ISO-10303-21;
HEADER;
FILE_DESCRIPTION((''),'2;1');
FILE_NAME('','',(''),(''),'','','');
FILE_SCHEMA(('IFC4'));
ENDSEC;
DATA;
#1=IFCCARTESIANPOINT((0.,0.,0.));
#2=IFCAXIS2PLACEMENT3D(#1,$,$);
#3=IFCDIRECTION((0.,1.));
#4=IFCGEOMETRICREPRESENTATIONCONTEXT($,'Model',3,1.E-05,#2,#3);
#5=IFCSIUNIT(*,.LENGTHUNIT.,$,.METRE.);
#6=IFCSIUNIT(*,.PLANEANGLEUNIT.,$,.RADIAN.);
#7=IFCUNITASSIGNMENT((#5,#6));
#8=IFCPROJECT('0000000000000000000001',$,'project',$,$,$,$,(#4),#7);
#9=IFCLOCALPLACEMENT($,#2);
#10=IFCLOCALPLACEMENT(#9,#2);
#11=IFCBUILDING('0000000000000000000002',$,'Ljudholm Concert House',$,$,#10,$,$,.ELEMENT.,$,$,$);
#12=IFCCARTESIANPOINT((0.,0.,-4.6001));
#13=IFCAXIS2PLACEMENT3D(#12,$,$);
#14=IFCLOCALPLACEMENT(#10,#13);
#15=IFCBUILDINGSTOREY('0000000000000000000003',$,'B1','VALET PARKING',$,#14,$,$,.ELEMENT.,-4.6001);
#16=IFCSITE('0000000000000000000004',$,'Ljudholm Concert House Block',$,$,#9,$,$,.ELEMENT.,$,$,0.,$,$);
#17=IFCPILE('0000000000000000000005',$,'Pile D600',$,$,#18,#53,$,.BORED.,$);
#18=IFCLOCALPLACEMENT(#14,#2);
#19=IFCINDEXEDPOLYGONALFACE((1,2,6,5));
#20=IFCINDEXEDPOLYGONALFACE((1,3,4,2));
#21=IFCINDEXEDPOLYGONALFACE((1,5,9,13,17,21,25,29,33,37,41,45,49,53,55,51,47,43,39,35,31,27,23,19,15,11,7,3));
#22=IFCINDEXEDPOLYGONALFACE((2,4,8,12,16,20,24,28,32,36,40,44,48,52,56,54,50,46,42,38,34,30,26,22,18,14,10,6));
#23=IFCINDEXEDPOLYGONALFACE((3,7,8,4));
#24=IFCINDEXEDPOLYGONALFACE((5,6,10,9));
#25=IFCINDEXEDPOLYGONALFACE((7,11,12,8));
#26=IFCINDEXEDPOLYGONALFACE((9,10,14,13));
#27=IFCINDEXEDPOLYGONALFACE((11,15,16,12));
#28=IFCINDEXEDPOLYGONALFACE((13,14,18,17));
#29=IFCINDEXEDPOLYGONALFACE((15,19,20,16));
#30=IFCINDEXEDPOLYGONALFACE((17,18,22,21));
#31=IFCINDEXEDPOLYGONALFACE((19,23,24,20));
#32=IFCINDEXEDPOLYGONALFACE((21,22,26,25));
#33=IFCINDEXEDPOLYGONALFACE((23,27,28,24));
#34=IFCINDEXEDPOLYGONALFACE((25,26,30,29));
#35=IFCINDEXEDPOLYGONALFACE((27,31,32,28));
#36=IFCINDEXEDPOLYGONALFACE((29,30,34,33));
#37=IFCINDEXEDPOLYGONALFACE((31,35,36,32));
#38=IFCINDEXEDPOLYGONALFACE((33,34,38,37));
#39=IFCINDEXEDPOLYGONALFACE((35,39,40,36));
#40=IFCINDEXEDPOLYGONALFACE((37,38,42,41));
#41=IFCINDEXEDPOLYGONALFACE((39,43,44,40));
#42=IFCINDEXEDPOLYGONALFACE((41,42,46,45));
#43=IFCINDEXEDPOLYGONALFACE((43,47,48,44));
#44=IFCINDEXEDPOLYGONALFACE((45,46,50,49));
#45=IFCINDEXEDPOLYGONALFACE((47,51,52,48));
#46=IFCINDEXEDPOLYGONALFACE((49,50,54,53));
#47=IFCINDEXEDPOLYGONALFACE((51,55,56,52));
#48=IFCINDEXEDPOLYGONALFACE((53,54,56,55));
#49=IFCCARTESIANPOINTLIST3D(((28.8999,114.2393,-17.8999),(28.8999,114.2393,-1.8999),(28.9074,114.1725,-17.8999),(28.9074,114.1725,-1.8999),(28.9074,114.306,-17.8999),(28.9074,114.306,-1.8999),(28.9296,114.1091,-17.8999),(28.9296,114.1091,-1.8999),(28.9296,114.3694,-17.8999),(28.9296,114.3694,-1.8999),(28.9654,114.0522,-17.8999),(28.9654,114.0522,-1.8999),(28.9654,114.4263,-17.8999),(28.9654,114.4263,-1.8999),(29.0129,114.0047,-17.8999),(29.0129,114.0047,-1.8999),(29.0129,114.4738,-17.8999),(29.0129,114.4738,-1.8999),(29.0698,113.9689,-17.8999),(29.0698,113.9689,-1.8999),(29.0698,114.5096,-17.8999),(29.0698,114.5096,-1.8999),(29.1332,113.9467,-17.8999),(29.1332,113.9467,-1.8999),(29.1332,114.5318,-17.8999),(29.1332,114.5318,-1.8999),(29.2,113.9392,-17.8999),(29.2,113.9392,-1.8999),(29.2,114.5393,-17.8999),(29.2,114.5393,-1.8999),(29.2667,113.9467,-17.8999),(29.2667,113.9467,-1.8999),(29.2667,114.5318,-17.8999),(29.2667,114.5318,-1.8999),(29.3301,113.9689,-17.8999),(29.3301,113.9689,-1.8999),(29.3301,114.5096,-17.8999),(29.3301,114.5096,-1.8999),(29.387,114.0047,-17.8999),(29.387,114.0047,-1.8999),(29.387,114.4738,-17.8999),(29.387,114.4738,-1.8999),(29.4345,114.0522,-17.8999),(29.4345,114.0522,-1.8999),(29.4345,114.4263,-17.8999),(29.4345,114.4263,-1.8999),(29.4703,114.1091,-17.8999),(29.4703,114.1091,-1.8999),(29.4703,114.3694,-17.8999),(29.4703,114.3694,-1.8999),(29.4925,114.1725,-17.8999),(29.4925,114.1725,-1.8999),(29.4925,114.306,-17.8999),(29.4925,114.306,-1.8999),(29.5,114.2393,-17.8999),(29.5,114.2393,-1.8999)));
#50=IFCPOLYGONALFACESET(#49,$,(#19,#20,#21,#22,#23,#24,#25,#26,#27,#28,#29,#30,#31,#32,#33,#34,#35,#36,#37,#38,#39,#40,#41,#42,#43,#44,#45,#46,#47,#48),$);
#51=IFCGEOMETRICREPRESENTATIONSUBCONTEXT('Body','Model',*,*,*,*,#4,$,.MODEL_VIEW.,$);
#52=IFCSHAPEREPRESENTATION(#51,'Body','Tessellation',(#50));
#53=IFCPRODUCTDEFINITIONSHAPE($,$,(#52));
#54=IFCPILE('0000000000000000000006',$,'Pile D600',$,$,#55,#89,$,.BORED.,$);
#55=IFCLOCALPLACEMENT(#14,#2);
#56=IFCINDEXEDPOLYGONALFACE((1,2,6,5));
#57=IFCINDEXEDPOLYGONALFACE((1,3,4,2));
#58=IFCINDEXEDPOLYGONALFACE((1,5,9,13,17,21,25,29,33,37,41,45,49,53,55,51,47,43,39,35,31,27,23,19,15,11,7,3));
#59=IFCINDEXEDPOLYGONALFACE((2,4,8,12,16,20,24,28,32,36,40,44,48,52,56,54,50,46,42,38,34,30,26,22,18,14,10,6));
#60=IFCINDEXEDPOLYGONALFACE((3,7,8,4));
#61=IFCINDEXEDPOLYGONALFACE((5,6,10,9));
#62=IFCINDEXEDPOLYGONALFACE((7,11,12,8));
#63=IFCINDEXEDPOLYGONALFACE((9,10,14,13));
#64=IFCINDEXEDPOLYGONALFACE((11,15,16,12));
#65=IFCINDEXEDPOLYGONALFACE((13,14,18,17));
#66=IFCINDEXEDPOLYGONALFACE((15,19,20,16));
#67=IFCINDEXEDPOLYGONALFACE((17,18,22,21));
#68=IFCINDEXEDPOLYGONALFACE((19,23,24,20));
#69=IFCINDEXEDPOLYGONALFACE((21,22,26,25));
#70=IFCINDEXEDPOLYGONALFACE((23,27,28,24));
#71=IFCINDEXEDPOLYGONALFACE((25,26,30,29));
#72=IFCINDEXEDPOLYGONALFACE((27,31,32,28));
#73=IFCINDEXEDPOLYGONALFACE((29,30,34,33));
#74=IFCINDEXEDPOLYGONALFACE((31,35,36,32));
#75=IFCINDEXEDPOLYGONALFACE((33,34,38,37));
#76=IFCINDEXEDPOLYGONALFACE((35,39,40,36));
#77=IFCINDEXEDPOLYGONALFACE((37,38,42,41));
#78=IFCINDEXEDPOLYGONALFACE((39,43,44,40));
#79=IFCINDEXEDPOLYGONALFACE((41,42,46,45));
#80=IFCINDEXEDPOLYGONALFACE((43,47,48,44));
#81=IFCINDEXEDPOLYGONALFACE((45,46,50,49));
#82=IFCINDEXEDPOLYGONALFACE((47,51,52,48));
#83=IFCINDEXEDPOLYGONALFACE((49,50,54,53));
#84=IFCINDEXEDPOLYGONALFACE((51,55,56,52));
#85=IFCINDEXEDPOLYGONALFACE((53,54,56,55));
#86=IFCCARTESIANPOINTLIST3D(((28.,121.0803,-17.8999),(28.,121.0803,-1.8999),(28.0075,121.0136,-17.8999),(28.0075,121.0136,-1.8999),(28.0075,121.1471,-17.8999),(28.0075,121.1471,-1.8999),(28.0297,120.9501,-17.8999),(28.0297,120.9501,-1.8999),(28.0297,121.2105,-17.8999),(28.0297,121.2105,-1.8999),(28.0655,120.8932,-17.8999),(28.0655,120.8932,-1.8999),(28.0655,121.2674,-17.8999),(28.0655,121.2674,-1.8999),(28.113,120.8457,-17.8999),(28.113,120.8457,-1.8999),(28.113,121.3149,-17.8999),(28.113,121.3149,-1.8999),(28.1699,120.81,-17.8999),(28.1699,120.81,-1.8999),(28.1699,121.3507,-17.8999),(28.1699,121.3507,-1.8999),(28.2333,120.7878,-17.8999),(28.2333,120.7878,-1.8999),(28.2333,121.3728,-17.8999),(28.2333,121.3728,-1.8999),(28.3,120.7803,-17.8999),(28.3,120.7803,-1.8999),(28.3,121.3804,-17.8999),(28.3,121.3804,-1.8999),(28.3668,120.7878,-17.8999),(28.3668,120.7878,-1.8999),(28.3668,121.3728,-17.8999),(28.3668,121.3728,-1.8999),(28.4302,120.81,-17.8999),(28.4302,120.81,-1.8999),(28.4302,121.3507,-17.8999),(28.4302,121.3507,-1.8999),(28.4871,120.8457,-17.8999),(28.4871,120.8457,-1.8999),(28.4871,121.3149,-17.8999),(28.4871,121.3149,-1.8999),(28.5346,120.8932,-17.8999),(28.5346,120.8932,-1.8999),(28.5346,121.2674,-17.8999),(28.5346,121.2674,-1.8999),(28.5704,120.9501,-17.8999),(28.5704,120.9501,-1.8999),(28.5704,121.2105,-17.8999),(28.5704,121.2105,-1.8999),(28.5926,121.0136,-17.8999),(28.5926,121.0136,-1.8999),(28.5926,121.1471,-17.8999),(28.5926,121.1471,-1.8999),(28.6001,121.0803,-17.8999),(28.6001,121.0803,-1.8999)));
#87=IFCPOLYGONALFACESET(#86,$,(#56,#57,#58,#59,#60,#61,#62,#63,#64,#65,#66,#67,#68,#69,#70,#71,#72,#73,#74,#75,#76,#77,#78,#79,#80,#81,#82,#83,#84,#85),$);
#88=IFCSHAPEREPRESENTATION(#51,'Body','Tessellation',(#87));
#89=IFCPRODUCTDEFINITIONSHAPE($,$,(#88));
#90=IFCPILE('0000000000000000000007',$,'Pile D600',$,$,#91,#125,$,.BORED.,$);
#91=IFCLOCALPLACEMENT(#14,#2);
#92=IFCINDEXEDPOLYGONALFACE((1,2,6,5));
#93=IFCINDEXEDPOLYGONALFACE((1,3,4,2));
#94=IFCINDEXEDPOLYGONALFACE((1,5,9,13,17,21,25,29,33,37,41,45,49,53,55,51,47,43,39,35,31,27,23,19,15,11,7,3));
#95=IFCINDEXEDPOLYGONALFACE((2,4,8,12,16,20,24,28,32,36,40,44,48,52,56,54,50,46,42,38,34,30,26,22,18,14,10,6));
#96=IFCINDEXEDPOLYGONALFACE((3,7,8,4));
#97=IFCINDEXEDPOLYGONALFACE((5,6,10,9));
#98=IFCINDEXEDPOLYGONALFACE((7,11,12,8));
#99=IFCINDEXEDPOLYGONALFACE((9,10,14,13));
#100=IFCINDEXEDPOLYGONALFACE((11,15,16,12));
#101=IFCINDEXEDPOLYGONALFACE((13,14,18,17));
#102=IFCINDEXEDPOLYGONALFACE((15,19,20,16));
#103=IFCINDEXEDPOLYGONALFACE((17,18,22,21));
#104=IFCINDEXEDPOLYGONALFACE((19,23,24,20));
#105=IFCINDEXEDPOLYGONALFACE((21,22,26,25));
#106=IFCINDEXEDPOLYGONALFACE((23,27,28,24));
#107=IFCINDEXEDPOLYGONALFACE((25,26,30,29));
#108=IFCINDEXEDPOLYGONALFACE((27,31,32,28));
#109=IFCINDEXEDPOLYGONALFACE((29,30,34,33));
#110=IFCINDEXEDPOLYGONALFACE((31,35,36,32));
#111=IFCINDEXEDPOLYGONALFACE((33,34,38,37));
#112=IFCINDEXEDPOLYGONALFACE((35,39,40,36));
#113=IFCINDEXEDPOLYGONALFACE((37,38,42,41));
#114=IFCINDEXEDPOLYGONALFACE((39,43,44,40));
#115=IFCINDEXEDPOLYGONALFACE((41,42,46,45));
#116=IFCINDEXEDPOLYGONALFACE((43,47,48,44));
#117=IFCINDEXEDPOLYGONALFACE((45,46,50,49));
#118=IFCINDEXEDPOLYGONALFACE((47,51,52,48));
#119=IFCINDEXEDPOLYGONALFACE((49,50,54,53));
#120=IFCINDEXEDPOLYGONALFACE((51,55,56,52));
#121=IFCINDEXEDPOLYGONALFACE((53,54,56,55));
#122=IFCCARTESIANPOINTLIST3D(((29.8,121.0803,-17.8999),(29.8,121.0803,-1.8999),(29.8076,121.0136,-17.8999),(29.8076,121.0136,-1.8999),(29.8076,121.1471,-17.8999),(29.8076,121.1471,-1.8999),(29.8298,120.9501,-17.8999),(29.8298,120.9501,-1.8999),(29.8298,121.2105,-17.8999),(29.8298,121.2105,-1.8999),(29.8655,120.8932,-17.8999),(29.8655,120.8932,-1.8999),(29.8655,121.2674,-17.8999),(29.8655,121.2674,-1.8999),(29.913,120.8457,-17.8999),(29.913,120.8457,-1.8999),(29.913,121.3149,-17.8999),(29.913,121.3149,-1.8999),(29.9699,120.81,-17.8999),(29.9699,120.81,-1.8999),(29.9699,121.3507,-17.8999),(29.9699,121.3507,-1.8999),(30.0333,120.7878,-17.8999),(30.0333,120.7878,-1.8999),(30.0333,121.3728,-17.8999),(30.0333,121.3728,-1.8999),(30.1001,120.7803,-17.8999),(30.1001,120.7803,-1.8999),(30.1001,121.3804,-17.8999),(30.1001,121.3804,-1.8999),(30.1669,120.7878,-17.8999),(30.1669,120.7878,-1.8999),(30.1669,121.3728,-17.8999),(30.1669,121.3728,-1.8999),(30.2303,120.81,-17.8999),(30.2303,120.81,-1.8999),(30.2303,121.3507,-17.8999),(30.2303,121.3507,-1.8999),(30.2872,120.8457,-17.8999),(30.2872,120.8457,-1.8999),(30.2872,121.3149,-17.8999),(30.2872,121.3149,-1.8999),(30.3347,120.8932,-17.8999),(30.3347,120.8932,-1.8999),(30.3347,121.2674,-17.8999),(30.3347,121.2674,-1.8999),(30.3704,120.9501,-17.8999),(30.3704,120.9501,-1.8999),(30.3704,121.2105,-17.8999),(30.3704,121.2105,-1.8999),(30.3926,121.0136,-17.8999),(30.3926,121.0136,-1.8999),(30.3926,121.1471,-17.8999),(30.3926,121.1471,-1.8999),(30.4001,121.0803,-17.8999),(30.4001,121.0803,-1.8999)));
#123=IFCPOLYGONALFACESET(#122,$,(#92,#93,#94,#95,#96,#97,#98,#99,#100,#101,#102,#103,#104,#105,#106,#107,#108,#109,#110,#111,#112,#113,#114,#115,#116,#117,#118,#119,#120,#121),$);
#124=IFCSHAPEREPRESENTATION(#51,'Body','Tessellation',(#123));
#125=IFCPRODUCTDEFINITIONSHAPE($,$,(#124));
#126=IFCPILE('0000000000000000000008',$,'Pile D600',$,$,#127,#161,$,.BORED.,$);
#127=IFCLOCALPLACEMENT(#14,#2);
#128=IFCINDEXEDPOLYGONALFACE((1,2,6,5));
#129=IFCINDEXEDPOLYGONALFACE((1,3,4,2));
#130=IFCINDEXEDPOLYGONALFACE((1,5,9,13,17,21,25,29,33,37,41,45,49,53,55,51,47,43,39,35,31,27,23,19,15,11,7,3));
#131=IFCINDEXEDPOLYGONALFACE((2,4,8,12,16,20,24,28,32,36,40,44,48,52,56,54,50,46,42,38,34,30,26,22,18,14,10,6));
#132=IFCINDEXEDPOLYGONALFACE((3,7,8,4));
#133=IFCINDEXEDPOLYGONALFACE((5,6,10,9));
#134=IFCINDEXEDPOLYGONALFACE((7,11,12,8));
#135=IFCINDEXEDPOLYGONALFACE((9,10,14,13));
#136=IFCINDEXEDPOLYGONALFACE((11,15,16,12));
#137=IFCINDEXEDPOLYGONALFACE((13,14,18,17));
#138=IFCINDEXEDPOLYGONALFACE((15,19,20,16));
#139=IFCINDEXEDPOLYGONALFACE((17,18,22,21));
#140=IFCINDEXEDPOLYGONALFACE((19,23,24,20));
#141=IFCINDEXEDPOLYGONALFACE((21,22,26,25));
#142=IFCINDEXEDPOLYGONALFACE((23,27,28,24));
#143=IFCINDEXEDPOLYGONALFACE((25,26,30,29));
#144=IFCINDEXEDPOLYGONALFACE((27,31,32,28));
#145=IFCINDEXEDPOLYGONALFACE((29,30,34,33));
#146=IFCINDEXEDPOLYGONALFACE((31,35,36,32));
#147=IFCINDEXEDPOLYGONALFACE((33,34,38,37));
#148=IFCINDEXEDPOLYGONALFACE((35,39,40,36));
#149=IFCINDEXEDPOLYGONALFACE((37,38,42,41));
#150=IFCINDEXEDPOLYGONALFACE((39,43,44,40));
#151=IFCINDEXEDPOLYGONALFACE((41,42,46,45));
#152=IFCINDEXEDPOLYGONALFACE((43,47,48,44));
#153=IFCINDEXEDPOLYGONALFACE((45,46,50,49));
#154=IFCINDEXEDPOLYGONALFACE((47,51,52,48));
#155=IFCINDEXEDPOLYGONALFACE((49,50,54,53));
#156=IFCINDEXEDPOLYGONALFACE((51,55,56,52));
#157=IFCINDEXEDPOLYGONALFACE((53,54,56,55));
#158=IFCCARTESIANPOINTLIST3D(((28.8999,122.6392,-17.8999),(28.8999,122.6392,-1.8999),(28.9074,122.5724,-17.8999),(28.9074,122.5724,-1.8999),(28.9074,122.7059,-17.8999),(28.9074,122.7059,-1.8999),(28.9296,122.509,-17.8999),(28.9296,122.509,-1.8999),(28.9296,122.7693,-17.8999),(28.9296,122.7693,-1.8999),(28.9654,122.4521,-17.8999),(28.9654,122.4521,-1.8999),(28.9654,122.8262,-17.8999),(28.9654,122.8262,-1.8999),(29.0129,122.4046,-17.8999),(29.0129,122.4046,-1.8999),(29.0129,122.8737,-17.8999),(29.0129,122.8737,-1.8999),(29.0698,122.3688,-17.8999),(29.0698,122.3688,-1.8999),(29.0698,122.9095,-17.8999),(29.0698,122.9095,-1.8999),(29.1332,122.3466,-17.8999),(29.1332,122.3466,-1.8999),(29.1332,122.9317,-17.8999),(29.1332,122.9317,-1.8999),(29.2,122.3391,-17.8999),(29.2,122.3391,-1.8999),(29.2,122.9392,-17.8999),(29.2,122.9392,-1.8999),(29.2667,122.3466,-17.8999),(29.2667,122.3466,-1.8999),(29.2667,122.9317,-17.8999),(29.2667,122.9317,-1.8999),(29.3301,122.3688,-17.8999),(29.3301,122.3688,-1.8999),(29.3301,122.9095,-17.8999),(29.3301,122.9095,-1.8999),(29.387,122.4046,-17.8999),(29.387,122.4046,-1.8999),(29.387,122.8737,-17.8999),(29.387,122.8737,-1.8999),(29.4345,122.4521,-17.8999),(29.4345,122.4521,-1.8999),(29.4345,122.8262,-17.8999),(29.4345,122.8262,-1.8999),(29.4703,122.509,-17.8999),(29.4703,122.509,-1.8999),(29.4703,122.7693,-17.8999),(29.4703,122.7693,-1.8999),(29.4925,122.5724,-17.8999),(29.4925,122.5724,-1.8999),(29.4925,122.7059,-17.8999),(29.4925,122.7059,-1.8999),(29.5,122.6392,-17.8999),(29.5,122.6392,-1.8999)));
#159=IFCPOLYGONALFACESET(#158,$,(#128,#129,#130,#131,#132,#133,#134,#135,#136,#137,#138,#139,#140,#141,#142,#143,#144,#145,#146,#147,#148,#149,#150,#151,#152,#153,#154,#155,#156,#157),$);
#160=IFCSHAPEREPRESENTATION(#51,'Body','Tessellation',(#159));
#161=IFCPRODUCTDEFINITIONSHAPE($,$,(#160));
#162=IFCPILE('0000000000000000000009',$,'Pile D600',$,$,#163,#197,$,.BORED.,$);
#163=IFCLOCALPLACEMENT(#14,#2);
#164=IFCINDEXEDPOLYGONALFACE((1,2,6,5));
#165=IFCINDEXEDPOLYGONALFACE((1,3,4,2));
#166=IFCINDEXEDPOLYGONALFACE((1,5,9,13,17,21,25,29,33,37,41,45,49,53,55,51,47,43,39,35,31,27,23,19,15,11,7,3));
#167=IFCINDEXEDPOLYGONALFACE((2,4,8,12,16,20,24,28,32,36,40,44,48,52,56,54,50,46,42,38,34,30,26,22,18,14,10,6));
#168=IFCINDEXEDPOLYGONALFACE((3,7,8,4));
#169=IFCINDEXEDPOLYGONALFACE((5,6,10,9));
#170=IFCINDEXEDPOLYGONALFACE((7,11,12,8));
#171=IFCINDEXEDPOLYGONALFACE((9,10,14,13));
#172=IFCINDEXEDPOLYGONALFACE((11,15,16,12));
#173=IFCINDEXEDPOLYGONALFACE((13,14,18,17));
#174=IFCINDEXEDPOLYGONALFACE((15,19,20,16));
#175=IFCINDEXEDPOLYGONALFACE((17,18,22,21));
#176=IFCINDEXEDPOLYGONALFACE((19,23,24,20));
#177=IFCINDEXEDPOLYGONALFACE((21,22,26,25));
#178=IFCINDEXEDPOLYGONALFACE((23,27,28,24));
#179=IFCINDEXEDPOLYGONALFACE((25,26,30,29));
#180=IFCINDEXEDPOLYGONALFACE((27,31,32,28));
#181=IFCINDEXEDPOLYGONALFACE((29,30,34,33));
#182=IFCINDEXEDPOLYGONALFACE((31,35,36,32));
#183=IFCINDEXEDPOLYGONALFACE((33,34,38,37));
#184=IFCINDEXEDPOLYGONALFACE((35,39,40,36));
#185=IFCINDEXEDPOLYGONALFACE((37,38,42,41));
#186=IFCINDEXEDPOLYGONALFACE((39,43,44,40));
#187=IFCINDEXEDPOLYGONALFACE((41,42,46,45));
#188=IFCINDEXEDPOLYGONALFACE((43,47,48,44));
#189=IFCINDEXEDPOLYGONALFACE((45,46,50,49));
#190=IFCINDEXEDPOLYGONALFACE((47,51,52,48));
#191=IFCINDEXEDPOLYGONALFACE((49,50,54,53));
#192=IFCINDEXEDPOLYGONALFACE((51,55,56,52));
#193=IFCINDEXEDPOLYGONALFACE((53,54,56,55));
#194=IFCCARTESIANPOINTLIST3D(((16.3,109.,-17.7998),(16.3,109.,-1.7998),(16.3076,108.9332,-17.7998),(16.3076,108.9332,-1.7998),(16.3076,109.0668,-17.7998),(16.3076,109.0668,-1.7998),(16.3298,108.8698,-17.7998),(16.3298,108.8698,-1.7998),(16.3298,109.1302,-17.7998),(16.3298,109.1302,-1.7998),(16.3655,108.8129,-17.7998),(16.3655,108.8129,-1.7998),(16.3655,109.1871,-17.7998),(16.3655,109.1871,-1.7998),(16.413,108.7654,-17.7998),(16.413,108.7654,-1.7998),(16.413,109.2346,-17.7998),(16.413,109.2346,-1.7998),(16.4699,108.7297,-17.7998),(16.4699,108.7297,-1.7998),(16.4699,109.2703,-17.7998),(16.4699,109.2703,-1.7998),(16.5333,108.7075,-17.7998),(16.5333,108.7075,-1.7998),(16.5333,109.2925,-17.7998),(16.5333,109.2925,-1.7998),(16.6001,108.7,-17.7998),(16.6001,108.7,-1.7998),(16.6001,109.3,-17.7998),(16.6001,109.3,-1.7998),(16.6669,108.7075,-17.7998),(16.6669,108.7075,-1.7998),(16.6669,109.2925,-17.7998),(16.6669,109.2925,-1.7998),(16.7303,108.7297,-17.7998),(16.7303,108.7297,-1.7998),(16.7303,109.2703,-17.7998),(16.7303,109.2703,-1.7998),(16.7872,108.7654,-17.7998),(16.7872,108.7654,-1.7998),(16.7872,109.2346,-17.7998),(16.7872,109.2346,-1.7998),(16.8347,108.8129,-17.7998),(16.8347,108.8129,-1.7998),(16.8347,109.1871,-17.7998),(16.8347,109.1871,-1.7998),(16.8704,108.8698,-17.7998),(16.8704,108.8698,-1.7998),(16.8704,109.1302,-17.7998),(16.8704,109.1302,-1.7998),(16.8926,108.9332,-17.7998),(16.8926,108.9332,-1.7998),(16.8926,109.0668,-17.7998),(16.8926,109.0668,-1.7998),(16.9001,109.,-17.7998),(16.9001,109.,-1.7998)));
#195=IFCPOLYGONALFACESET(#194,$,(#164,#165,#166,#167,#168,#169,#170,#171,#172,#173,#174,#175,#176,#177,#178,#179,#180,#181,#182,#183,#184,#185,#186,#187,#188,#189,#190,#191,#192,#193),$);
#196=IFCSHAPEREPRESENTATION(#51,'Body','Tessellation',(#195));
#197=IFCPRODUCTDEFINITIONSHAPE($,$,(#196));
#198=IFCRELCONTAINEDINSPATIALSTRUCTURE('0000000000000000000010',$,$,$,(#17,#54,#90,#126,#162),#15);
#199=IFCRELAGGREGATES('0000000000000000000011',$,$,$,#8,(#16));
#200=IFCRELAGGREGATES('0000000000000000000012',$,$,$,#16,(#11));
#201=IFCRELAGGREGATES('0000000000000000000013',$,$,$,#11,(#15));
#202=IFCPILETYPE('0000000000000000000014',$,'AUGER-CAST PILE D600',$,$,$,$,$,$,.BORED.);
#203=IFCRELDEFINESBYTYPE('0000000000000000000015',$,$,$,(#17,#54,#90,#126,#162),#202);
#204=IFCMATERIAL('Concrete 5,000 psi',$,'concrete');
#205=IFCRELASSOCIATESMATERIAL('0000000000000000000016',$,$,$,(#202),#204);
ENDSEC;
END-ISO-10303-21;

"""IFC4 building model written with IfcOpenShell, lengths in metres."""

from ifc_helpers import new_model, si_unit, direction, frame, origin, origin_2d, place, context, subcontext, project, spatial, circle, extrude, material, material_profile, profile_set, type_object, element, save


model = new_model("IFC4")

# Units and contexts
model_context = context("Model", 3, precision=1e-05, world=origin(), true_north=direction((0.0, 1.0)))
body_context = subcontext(model_context, "Body", "Model", "MODEL_VIEW")
ifc_project = project(units=[si_unit("LENGTHUNIT", "METRE"), si_unit("PLANEANGLEUNIT", "RADIAN")], contexts=[model_context])

# Site, building, storey
site_placement = place(None, origin())
site = spatial("IfcSite", under=ifc_project, at=site_placement, Name="Ljudholm Concert House Block", CompositionType="ELEMENT", RefElevation=0.0)
building_placement = place(site_placement, origin())
building = spatial("IfcBuilding", under=site, at=building_placement, Name="Ljudholm Concert House", CompositionType="ELEMENT")
storey_placement = place(building_placement, frame((0.0, 0.0, -4.6001)))
storey = spatial("IfcBuildingStorey", under=building, at=storey_placement, Name="B1", Description="VALET PARKING", CompositionType="ELEMENT", Elevation=-4.6001)

# Piles
ifc_material_1 = material(Name="Concrete 5,000 psi", Category="concrete")
ifc_material_profile_1 = material_profile(ifc_material_1, circle(Radius=0.3, at=origin_2d()), Name="AUGER-CAST PILE D600")
ifc_profile_set_1 = profile_set([ifc_material_profile_1], Name="Concrete 5,000 psi")
pile_type = type_object("IfcPileType", Name="AUGER-CAST PILE D600", PredefinedType="BORED", material=ifc_profile_set_1)
for number, where, z_axis, x_axis, name in (
    (1, (29.2, 114.2393, -1.8999), (0.0, 0.0, -1.0), (1.0, 0.0, 0.0), "Pile D600"),
    (2, (28.3, 121.0803, -1.8999), (0.0, 0.0, -1.0), (1.0, 0.0, 0.0), "Pile D600"),
    (3, (30.1001, 121.0803, -1.8999), (0.0, 0.0, -1.0), (1.0, 0.0, 0.0), "Pile D600"),
    (4, (29.2, 122.6392, -1.8999), (0.0, 0.0, -1.0), (1.0, 0.0, 0.0), "Pile D600"),
    (5, (16.6001, 109.0, -1.7998), (0.0, 0.0, -1.0), (1.0, 0.0, 0.0), "Pile D600"),
):
    element("IfcPile", number, at=place(storey_placement, frame(where, z_axis=z_axis, x_axis=x_axis)), inside=storey, type_object=pile_type, Name=name, PredefinedType="BORED", context=body_context, shape_type="SweptSolid", body=[
        extrude(circle(Radius=0.3, at=origin_2d()), origin(), (0.0, 0.0, 1.0), 16.0),
    ])

save(model, "model.ifc")
